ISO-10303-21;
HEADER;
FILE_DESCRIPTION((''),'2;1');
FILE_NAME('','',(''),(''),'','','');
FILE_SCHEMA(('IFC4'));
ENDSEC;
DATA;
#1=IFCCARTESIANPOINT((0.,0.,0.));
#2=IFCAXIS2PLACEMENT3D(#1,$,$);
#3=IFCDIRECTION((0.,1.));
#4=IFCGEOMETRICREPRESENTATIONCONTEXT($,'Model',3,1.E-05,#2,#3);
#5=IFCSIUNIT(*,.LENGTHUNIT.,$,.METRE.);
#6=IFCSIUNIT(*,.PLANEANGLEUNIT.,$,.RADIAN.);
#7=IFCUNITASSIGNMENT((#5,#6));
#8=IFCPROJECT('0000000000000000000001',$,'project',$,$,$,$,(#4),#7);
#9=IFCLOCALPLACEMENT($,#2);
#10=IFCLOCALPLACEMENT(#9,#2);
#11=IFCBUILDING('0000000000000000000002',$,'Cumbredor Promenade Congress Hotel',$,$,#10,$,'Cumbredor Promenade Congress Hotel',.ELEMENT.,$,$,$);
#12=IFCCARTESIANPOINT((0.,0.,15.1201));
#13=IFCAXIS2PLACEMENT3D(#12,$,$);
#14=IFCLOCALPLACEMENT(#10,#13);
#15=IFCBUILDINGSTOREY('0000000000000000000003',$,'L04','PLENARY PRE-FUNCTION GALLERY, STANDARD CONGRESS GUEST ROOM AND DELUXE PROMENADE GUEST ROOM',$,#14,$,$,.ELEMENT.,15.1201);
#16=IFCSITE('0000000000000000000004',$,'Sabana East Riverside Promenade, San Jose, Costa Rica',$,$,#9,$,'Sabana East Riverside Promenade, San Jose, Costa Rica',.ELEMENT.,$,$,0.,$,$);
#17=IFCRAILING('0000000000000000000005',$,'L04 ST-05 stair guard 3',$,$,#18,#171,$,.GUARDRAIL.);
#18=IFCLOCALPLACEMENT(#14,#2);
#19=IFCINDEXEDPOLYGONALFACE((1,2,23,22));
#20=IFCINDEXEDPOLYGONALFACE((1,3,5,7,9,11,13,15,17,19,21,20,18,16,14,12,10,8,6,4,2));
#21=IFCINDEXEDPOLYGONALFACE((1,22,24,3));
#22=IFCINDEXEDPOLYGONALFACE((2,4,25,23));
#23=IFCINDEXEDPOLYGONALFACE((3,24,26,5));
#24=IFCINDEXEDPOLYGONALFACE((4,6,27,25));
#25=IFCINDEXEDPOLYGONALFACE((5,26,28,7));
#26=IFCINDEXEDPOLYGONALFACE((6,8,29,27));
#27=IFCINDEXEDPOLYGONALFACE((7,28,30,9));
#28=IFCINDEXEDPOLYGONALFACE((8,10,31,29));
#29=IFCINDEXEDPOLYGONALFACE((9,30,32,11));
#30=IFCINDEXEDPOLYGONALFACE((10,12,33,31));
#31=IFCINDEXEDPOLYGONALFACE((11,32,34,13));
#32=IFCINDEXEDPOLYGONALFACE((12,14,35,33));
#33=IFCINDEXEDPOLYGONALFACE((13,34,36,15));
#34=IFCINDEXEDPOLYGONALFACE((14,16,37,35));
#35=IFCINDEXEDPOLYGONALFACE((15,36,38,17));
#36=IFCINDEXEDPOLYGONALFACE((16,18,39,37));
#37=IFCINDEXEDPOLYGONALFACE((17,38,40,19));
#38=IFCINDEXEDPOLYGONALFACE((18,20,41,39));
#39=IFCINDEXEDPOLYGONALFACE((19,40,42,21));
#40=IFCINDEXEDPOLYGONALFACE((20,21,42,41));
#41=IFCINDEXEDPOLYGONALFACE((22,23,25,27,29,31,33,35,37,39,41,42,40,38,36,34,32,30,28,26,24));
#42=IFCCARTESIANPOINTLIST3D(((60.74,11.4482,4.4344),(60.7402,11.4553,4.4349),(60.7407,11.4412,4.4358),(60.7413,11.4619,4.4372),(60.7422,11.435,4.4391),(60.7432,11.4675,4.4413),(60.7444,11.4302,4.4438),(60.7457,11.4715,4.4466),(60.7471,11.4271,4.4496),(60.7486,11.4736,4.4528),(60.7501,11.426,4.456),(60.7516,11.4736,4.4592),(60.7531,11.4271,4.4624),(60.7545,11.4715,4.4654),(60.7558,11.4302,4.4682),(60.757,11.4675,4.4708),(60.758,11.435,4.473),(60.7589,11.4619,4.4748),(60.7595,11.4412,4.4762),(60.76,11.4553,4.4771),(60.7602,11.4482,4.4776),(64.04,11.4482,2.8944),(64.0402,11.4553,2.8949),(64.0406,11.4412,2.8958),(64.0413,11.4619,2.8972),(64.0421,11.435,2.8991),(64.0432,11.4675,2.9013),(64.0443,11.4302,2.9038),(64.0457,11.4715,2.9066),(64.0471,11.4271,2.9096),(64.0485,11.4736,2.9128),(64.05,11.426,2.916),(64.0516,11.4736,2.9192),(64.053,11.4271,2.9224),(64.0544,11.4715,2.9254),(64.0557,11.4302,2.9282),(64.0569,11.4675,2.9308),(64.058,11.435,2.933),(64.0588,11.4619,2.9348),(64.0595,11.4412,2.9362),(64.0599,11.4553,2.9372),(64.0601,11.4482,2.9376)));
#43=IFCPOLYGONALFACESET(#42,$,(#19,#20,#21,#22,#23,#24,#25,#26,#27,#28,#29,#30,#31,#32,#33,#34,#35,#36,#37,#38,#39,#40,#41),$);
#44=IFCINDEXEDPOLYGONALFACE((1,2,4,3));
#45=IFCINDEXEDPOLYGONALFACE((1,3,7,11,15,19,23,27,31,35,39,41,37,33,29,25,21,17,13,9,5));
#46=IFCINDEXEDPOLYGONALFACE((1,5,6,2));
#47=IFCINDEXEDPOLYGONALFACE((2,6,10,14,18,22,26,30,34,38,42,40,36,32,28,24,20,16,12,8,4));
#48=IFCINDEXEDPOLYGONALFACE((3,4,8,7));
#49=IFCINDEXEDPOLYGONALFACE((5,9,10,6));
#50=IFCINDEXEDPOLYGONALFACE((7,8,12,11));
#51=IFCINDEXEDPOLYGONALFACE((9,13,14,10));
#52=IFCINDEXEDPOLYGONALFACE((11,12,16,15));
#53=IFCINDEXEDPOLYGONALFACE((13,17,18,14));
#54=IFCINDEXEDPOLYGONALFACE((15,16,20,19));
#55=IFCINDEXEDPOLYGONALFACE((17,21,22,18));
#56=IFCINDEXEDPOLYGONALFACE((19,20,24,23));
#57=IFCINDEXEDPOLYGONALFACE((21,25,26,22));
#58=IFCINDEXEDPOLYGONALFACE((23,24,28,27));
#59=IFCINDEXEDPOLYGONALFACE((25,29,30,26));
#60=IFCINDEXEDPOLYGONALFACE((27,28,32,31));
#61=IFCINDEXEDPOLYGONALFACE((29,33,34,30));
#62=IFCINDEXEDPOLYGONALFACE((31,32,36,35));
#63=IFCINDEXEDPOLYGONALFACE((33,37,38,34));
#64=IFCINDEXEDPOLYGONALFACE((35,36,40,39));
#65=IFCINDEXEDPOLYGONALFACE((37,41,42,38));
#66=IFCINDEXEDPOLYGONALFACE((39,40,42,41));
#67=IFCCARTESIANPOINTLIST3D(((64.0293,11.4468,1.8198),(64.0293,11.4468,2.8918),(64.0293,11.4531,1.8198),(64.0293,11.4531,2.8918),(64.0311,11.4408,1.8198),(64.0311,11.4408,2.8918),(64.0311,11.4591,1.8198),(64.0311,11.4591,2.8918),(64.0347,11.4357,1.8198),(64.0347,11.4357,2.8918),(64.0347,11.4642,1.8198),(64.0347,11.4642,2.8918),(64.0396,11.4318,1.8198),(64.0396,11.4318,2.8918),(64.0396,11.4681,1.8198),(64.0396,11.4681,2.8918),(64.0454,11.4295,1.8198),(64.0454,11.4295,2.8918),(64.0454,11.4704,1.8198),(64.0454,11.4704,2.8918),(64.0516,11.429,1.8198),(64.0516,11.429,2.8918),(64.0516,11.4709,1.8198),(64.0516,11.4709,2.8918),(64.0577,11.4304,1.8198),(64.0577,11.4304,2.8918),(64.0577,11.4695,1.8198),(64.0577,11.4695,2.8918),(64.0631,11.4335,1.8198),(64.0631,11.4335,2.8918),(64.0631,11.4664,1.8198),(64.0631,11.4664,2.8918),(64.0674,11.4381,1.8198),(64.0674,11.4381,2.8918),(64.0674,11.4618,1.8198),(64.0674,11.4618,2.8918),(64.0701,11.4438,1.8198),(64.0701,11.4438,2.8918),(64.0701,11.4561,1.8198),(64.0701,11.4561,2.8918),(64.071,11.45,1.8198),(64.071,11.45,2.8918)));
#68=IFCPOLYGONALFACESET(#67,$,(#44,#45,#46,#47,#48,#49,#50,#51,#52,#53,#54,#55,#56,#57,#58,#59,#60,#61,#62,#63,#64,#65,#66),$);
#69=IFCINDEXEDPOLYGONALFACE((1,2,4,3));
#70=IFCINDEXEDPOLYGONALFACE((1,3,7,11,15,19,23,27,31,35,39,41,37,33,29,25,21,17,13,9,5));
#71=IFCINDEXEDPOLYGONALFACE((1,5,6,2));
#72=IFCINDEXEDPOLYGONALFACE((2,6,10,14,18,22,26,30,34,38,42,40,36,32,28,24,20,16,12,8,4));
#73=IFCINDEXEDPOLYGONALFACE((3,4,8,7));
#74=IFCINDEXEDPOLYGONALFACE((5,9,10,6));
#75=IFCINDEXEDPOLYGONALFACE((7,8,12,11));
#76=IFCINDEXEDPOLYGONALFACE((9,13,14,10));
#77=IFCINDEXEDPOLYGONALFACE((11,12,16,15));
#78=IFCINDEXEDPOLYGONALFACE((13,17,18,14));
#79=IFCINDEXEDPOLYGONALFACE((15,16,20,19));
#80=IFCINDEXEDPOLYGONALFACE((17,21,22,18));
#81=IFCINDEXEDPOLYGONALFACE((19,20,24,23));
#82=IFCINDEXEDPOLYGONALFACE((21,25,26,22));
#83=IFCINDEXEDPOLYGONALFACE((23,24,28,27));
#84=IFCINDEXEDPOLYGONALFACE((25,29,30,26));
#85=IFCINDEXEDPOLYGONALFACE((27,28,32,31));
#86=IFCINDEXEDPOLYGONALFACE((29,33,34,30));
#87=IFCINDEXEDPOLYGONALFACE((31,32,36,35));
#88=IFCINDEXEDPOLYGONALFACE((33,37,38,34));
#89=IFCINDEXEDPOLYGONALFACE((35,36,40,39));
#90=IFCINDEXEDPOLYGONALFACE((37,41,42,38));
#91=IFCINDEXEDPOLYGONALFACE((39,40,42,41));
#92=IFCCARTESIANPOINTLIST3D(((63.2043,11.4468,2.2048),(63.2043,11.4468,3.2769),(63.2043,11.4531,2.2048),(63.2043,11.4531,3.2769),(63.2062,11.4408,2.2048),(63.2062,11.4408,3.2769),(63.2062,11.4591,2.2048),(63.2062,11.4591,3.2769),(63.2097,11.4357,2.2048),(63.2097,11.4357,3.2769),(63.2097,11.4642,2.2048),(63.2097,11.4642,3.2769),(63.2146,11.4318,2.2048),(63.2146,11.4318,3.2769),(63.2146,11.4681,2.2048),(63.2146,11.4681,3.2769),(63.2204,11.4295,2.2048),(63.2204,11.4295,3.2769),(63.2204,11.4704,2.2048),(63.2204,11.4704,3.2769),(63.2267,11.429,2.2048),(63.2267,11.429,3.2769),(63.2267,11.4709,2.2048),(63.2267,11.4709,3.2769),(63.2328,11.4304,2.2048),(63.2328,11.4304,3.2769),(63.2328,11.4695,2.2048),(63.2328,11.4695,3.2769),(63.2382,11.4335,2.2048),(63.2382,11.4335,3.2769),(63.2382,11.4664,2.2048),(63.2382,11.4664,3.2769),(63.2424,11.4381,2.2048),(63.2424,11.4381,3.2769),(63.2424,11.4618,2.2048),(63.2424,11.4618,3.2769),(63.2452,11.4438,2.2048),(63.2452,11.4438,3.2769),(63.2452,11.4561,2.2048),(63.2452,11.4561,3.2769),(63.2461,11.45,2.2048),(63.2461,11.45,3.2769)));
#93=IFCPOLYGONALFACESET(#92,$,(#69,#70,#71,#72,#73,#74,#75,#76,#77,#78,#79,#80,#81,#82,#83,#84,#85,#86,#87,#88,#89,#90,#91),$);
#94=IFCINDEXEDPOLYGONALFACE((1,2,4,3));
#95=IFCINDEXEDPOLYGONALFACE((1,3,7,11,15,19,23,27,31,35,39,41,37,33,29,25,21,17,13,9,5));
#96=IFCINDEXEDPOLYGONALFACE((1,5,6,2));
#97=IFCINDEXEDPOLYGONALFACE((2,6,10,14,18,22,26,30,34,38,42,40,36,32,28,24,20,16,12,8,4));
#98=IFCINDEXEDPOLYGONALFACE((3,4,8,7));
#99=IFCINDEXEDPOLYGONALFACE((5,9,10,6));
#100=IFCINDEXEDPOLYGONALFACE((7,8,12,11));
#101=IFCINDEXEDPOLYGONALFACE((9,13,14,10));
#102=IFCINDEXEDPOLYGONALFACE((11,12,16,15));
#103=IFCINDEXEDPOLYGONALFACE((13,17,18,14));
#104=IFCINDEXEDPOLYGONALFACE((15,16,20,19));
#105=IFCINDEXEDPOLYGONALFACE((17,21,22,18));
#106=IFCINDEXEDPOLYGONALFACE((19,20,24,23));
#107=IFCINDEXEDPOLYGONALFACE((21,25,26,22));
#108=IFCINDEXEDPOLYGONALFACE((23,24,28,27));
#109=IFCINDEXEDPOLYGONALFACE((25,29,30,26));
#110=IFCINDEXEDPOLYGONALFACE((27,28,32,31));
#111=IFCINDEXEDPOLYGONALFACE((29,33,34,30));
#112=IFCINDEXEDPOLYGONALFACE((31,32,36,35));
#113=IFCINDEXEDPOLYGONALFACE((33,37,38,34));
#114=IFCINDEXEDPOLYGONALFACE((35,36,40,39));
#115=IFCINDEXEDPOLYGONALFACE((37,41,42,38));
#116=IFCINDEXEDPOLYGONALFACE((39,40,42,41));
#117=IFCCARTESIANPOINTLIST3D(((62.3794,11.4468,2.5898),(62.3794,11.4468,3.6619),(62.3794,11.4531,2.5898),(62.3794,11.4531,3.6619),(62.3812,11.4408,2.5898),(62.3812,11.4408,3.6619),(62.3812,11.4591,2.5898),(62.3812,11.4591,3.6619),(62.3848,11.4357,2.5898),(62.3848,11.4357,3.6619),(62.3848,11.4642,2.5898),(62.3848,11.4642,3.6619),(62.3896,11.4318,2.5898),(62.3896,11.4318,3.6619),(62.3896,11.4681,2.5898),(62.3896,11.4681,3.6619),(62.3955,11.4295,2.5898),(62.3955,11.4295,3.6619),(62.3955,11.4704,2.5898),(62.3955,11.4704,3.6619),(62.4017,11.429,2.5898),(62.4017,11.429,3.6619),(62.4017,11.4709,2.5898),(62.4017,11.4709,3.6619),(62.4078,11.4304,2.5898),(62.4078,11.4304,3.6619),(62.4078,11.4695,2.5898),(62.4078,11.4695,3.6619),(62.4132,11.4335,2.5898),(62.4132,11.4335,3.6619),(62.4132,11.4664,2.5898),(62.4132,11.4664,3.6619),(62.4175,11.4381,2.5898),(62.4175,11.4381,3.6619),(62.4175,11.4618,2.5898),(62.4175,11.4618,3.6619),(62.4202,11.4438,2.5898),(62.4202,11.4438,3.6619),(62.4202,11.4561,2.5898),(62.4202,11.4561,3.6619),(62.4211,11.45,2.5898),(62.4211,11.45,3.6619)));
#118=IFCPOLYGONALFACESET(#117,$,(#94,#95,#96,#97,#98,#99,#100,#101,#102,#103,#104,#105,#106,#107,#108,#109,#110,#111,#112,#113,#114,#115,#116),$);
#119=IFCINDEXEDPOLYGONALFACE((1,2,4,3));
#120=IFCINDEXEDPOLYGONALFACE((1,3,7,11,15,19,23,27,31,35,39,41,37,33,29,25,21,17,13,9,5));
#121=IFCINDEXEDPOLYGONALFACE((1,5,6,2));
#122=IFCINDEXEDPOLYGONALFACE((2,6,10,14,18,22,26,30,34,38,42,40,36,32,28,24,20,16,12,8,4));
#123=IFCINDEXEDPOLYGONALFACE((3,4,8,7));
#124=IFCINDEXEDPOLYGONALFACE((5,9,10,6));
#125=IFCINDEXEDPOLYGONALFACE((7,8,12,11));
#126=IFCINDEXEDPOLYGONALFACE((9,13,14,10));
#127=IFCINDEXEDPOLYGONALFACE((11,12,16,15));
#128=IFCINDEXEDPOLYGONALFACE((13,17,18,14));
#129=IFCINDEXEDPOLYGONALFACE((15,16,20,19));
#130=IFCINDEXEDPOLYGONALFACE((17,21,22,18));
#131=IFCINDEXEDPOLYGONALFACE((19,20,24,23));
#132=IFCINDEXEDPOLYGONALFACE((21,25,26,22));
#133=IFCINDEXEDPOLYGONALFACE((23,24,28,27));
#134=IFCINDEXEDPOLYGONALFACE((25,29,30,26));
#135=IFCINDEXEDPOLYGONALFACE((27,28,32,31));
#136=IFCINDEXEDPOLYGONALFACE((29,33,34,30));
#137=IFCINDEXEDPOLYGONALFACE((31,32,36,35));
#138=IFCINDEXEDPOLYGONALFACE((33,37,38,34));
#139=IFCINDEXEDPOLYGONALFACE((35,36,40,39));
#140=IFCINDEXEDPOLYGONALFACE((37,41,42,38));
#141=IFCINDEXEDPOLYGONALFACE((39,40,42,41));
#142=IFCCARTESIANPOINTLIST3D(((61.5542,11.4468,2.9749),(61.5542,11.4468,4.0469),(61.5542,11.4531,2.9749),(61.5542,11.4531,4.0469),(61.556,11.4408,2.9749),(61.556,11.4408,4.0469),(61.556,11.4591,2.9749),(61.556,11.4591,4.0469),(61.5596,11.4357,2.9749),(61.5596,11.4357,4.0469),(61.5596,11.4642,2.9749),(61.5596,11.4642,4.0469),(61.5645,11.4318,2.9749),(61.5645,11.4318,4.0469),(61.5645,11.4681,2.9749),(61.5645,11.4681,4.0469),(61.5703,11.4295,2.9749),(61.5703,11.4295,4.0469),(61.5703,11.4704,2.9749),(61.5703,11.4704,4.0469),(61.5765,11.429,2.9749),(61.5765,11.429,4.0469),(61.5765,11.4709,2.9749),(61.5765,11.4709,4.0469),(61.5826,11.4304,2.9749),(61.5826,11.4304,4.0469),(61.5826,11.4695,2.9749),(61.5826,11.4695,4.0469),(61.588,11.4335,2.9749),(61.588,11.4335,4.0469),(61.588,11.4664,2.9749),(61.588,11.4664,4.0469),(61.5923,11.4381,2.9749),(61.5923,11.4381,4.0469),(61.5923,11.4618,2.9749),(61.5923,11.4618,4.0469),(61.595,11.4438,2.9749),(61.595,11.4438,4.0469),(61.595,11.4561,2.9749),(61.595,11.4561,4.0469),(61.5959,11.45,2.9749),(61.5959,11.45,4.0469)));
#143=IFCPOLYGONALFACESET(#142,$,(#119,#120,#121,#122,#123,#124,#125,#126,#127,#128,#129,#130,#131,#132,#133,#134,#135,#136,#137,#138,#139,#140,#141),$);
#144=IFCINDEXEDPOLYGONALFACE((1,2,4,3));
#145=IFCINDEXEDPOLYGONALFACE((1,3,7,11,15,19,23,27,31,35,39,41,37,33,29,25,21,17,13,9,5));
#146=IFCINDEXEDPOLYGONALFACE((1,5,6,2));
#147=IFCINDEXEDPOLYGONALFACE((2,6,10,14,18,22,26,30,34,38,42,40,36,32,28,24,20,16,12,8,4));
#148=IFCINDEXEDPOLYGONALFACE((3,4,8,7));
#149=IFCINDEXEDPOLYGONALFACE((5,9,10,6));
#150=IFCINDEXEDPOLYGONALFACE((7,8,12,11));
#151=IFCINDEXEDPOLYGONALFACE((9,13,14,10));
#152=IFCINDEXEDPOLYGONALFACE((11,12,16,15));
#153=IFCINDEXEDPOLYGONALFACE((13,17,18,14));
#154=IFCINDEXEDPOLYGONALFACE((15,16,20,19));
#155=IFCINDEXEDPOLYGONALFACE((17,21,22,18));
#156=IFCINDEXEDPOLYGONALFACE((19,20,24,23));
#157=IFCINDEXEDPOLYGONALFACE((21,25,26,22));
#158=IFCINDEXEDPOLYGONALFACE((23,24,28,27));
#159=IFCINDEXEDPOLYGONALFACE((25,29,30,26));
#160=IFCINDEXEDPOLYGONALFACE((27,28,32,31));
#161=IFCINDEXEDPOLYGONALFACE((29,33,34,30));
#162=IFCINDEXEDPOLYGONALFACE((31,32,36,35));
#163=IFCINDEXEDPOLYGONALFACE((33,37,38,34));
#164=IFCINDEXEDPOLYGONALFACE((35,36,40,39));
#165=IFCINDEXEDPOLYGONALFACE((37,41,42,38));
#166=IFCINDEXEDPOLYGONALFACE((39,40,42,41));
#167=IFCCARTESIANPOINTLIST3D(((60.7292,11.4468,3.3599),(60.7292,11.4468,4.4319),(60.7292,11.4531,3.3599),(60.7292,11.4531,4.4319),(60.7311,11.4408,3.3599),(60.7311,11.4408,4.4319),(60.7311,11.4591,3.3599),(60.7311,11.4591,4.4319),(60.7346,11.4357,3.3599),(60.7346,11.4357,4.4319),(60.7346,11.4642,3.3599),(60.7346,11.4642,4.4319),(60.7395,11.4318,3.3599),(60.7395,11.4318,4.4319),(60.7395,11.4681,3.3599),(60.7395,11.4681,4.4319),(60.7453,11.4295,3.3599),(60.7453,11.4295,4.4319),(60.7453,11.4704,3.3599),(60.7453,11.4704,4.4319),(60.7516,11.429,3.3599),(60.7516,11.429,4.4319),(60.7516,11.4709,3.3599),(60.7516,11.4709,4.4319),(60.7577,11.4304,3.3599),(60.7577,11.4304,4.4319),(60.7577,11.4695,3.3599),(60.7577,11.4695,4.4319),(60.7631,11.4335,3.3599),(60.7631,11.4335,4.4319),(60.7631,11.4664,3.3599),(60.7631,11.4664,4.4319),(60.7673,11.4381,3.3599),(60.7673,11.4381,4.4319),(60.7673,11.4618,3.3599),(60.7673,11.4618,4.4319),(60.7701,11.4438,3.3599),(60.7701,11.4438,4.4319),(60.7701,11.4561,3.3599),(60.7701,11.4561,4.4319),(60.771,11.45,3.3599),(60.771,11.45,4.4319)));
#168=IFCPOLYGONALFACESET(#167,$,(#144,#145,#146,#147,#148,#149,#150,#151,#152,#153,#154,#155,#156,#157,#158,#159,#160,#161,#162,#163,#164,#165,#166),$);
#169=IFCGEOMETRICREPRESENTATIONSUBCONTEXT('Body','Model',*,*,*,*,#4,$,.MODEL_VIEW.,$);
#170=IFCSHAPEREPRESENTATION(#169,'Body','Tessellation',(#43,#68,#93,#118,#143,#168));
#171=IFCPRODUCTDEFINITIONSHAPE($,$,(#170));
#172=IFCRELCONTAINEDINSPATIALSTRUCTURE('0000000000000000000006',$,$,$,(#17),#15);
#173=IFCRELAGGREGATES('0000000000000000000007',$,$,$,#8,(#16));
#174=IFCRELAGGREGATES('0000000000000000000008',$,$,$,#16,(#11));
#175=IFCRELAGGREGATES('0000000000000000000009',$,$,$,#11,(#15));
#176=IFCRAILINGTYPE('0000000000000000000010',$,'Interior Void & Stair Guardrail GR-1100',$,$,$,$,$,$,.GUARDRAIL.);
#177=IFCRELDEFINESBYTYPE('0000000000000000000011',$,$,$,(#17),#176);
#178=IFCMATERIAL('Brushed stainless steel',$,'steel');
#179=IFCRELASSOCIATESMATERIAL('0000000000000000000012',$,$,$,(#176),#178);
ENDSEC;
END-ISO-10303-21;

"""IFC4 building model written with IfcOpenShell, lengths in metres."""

from ifc_helpers import new_model, si_unit, direction, frame, origin, origin_2d, place, context, subcontext, project, spatial, circle, extrude, material, type_object, element, save


model = new_model("IFC4")

# Units and contexts
model_context = context("Model", 3, precision=1e-05, world=origin(), true_north=direction((0.0, 1.0)))
body_context = subcontext(model_context, "Body", "Model", "MODEL_VIEW")
ifc_project = project(units=[si_unit("LENGTHUNIT", "METRE"), si_unit("PLANEANGLEUNIT", "RADIAN")], contexts=[model_context])

# Site, building, storey
site_placement = place(None, origin())
site = spatial("IfcSite", under=ifc_project, at=site_placement, Name="Sabana East Riverside Promenade, San Jose, Costa Rica", LongName="Sabana East Riverside Promenade, San Jose, Costa Rica", CompositionType="ELEMENT", RefElevation=0.0)
building_placement = place(site_placement, origin())
building = spatial("IfcBuilding", under=site, at=building_placement, Name="Cumbredor Promenade Congress Hotel", LongName="Cumbredor Promenade Congress Hotel", CompositionType="ELEMENT")
storey_placement = place(building_placement, frame((0.0, 0.0, 15.1201)))
storey = spatial("IfcBuildingStorey", under=building, at=storey_placement, Name="L04", Description="PLENARY PRE-FUNCTION GALLERY, STANDARD CONGRESS GUEST ROOM AND DELUXE PROMENADE GUEST ROOM", CompositionType="ELEMENT", Elevation=15.1201)

# Railing
ifc_material_1 = material(Name="Brushed stainless steel", Category="steel")
railing_type_1 = type_object("IfcRailingType", Name="Interior Void & Stair Guardrail GR-1100", PredefinedType="GUARDRAIL", material=ifc_material_1)
railing_1_placement = place(storey_placement, frame((64.05, 11.45, 1.8198)))
element("IfcRailing", 1, at=railing_1_placement, inside=storey, type_object=railing_type_1, Name="L04 ST-05 stair guard 3", PredefinedType="GUARDRAIL", context=body_context, shape_type="SweptSolid", body=[
    extrude(circle(Radius=0.0239, at=origin_2d()), frame((0.0, 0.0, 1.0962), z_axis=(-0.906181, 0.0, 0.422889), x_axis=(0.0, -1.0, 0.0)), (0.0, 0.0, 1.0), 3.6416),
    extrude(circle(Radius=0.021, at=origin_2d()), origin(), (0.0, 0.0, 1.0), 1.072),
    extrude(circle(Radius=0.021, at=origin_2d()), frame((-0.825, 0.0, 0.385)), (0.0, 0.0, 1.0), 1.072),
    extrude(circle(Radius=0.021, at=origin_2d()), frame((-1.6499, 0.0, 0.77)), (0.0, 0.0, 1.0), 1.072),
    extrude(circle(Radius=0.021, at=origin_2d()), frame((-2.4751, 0.0, 1.155)), (0.0, 0.0, 1.0), 1.072),
    extrude(circle(Radius=0.021, at=origin_2d()), frame((-3.3, 0.0, 1.54)), (0.0, 0.0, 1.0), 1.072),
])

save(model, "model.ifc")
